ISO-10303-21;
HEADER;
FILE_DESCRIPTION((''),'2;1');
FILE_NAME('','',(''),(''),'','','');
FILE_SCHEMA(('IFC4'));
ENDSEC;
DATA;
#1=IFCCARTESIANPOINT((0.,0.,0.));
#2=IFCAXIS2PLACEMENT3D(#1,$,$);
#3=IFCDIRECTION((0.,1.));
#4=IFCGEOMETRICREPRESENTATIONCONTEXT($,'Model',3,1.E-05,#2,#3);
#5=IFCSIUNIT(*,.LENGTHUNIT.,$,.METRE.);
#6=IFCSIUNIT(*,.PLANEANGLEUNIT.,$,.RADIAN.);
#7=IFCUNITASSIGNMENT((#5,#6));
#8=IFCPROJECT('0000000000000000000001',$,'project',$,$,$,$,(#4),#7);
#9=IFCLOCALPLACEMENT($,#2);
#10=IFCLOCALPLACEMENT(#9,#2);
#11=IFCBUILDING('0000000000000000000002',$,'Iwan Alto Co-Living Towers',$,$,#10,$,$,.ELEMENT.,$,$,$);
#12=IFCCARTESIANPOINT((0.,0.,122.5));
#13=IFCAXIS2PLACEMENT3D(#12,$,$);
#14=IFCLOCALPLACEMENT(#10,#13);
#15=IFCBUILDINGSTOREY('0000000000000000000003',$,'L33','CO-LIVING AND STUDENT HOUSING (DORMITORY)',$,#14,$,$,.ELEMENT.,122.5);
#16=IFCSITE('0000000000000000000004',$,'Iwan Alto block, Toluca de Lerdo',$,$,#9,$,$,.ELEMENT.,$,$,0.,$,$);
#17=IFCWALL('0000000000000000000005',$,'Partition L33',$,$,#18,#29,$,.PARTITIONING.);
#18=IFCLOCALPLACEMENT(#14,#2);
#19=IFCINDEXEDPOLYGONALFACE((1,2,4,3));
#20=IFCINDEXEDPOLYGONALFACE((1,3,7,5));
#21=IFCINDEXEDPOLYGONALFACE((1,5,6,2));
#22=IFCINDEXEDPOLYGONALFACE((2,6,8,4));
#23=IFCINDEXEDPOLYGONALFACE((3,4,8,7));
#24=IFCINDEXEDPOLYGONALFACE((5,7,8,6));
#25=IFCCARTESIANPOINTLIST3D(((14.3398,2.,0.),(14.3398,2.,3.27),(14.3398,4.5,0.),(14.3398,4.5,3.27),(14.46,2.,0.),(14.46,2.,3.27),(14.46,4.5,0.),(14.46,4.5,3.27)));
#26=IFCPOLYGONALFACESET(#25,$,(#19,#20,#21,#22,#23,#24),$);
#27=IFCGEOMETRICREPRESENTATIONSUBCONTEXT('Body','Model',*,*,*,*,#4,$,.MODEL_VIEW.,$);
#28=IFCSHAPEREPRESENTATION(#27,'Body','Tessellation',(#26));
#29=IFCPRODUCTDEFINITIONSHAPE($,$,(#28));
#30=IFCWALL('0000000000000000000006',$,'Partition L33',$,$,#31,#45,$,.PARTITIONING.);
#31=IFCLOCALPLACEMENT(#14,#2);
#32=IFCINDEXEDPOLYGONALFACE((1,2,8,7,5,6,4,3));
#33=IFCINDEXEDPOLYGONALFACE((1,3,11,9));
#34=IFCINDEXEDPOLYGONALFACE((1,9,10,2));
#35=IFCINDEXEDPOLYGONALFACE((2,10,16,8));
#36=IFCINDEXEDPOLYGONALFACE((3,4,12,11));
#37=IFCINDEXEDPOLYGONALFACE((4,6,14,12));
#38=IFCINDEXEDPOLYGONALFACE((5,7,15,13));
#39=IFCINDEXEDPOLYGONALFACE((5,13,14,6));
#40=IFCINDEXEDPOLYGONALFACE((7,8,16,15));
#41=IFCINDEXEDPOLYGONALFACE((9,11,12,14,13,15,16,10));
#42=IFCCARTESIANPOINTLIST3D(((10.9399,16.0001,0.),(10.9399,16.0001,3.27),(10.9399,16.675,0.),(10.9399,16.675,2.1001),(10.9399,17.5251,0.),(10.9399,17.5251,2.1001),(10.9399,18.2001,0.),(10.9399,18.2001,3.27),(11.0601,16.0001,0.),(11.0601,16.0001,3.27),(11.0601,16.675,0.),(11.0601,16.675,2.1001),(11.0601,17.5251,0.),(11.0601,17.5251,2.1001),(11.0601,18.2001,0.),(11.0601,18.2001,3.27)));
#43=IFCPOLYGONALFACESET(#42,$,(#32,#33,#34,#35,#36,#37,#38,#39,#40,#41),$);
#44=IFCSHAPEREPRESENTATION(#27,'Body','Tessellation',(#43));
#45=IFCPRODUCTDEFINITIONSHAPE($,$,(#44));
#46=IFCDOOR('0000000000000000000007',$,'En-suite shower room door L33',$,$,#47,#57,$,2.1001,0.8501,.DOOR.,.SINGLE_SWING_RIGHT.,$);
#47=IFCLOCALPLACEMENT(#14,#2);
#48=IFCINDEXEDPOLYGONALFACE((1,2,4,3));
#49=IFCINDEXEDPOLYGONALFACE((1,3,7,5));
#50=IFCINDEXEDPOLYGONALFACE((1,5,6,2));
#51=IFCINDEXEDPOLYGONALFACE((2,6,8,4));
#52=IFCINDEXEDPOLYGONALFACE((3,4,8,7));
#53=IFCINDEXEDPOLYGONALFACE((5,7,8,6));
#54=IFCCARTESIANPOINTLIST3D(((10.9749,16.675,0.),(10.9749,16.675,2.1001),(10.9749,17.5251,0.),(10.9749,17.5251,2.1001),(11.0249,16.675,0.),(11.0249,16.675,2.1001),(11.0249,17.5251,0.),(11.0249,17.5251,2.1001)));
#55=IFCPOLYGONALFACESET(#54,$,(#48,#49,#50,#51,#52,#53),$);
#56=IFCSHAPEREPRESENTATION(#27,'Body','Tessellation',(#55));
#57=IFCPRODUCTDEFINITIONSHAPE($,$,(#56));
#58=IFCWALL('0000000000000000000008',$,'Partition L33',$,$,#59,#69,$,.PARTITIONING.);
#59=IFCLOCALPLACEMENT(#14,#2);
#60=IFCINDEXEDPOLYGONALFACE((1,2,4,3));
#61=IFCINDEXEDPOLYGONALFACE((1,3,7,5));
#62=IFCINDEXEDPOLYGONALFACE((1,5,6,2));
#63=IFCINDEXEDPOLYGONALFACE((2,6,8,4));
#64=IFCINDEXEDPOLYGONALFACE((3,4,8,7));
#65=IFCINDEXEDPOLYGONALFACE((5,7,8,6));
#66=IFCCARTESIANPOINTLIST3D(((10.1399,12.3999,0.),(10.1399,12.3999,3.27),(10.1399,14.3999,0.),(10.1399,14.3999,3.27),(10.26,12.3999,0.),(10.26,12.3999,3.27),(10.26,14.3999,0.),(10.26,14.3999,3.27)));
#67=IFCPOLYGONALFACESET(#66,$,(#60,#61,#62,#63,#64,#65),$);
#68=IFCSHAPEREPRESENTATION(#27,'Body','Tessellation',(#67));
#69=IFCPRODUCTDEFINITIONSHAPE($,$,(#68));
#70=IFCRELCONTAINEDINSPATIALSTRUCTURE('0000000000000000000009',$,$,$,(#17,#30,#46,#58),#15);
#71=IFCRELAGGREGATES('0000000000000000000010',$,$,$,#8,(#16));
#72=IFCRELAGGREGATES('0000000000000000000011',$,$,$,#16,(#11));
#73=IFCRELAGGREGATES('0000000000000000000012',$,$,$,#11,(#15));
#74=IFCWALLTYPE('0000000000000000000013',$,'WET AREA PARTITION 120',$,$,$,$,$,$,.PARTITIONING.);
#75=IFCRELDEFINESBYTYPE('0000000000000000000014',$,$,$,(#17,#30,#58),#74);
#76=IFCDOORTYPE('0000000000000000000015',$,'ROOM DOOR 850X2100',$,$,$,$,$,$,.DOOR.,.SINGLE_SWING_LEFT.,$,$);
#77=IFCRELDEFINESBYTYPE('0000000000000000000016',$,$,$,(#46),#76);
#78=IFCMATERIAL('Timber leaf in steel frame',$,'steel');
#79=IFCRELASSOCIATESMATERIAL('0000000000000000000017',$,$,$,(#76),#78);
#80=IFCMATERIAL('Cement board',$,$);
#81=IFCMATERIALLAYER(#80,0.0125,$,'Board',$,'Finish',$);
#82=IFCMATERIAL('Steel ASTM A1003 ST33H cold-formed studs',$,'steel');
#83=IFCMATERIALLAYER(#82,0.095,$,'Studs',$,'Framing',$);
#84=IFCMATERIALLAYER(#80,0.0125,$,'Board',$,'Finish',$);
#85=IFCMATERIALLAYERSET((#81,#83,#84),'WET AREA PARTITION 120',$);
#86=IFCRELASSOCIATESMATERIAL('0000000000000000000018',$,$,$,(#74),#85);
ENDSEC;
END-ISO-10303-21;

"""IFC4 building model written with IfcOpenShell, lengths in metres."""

from ifc_helpers import new_model, si_unit, direction, frame, frame_2d, origin, place, context, subcontext, project, spatial, rectangle, extrude, material, layer, layer_set, type_object, element, fill, save


model = new_model("IFC4")

# Units and contexts
model_context = context("Model", 3, precision=1e-05, world=origin(), true_north=direction((0.0, 1.0)))
body_context = subcontext(model_context, "Body", "Model", "MODEL_VIEW")
ifc_project = project(units=[si_unit("LENGTHUNIT", "METRE"), si_unit("PLANEANGLEUNIT", "RADIAN")], contexts=[model_context])

# Site, building, storey
site_placement = place(None, origin())
site = spatial("IfcSite", under=ifc_project, at=site_placement, Name="Iwan Alto block, Toluca de Lerdo", CompositionType="ELEMENT", RefElevation=0.0)
building_placement = place(site_placement, origin())
building = spatial("IfcBuilding", under=site, at=building_placement, Name="Iwan Alto Co-Living Towers", CompositionType="ELEMENT")
storey_placement = place(building_placement, frame((0.0, 0.0, 122.5)))
storey = spatial("IfcBuildingStorey", under=building, at=storey_placement, Name="L33", Description="CO-LIVING AND STUDENT HOUSING (DORMITORY)", CompositionType="ELEMENT", Elevation=122.5)

# Shared definitions
ifc_material_1 = material(Name="Steel ASTM A1003 ST33H cold-formed studs", Category="steel")

# Shared definitions
ifc_material_2 = material(Name="Timber leaf in steel frame", Category="steel")
door_type_1 = type_object("IfcDoorType", Name="ROOM DOOR 850X2100", OperationType="SINGLE_SWING_LEFT", PredefinedType="DOOR", material=ifc_material_2)

# Shared definitions
ifc_material_3 = material(Name="Cement board")
ifc_layer_1 = layer(ifc_material_3, 0.0125, Name="Board", Category="Finish")
ifc_layer_2 = layer(ifc_material_1, 0.095, Name="Studs", Category="Framing")
ifc_layer_3 = layer(ifc_material_3, 0.0125, Name="Board", Category="Finish")
ifc_layer_set_1 = layer_set([ifc_layer_1, ifc_layer_2, ifc_layer_3], Name="WET AREA PARTITION 120")
wall_type_1 = type_object("IfcWallType", Name="WET AREA PARTITION 120", PredefinedType="PARTITIONING", material=ifc_layer_set_1)

# Wall
wall_1_placement = place(storey_placement, frame((14.3999, 2.0, 0.0), z_axis=(0.0, 0.0, 1.0), x_axis=(0.0, 1.0, 0.0)))
element("IfcWall", 1, at=wall_1_placement, inside=storey, type_object=wall_type_1, Name="Partition L33", PredefinedType="PARTITIONING", context=body_context, shape_type="SweptSolid", body=[
    extrude(rectangle(XDim=2.5, YDim=0.1201, at=frame_2d((1.25, 0.0))), origin(), (0.0, 0.0, 1.0), 3.27),
])

# Wall, opening, door
wall_2_placement = place(storey_placement, frame((11.0, 16.0, 0.0), z_axis=(0.0, 0.0, 1.0), x_axis=(0.0, 1.0, 0.0)))
wall_2 = element("IfcWall", 2, at=wall_2_placement, inside=storey, type_object=wall_type_1, Name="Partition L33", PredefinedType="PARTITIONING", context=body_context, shape_type="SweptSolid", body=[
    extrude(rectangle(XDim=2.2, YDim=0.1201, at=frame_2d((1.1001, 0.0))), origin(), (0.0, 0.0, 1.0), 3.27),
])
opening_1_placement = place(wall_2_placement, frame((0.675, 0.0, 0.0)))
opening_1 = element("IfcOpeningElement", 3, at=opening_1_placement, cuts=wall_2, PredefinedType="OPENING", context=body_context, shape_type="SweptSolid", body=[
    extrude(rectangle(XDim=0.8501, YDim=2.1001, at=frame_2d((0.425, 1.05))), frame((0.0, 0.0701, 0.0), z_axis=(0.0, -1.0, 0.0), x_axis=(1.0, 0.0, 0.0)), (0.0, 0.0, 1.0), 0.1401),
])
door_1_placement = place(opening_1_placement, frame((0.8501, 0.0, 0.0), z_axis=(0.0, 0.0, 1.0), x_axis=(-1.0, 0.0, 0.0)))
door_1 = element("IfcDoor", 4, at=door_1_placement, inside=storey, type_object=door_type_1, Name="En-suite shower room door L33", OperationType="SINGLE_SWING_RIGHT", OverallHeight=2.1001, OverallWidth=0.8501, PredefinedType="DOOR", context=body_context, shape_type="SweptSolid", body=[
    extrude(rectangle(XDim=0.8501, YDim=2.1001, at=frame_2d((0.425, 1.05))), frame((0.0, 0.0249, 0.0), z_axis=(0.0, -1.0, 0.0), x_axis=(1.0, 0.0, 0.0)), (0.0, 0.0, 1.0), 0.05),
])
fill(opening_1, door_1)

# Wall
wall_3_placement = place(storey_placement, frame((10.2, 12.3999, 0.0), z_axis=(0.0, 0.0, 1.0), x_axis=(0.0, 1.0, 0.0)))
element("IfcWall", 5, at=wall_3_placement, inside=storey, type_object=wall_type_1, Name="Partition L33", PredefinedType="PARTITIONING", context=body_context, shape_type="SweptSolid", body=[
    extrude(rectangle(XDim=2.0, YDim=0.1201, at=frame_2d((1.0, 0.0))), origin(), (0.0, 0.0, 1.0), 3.27),
])

save(model, "model.ifc")
